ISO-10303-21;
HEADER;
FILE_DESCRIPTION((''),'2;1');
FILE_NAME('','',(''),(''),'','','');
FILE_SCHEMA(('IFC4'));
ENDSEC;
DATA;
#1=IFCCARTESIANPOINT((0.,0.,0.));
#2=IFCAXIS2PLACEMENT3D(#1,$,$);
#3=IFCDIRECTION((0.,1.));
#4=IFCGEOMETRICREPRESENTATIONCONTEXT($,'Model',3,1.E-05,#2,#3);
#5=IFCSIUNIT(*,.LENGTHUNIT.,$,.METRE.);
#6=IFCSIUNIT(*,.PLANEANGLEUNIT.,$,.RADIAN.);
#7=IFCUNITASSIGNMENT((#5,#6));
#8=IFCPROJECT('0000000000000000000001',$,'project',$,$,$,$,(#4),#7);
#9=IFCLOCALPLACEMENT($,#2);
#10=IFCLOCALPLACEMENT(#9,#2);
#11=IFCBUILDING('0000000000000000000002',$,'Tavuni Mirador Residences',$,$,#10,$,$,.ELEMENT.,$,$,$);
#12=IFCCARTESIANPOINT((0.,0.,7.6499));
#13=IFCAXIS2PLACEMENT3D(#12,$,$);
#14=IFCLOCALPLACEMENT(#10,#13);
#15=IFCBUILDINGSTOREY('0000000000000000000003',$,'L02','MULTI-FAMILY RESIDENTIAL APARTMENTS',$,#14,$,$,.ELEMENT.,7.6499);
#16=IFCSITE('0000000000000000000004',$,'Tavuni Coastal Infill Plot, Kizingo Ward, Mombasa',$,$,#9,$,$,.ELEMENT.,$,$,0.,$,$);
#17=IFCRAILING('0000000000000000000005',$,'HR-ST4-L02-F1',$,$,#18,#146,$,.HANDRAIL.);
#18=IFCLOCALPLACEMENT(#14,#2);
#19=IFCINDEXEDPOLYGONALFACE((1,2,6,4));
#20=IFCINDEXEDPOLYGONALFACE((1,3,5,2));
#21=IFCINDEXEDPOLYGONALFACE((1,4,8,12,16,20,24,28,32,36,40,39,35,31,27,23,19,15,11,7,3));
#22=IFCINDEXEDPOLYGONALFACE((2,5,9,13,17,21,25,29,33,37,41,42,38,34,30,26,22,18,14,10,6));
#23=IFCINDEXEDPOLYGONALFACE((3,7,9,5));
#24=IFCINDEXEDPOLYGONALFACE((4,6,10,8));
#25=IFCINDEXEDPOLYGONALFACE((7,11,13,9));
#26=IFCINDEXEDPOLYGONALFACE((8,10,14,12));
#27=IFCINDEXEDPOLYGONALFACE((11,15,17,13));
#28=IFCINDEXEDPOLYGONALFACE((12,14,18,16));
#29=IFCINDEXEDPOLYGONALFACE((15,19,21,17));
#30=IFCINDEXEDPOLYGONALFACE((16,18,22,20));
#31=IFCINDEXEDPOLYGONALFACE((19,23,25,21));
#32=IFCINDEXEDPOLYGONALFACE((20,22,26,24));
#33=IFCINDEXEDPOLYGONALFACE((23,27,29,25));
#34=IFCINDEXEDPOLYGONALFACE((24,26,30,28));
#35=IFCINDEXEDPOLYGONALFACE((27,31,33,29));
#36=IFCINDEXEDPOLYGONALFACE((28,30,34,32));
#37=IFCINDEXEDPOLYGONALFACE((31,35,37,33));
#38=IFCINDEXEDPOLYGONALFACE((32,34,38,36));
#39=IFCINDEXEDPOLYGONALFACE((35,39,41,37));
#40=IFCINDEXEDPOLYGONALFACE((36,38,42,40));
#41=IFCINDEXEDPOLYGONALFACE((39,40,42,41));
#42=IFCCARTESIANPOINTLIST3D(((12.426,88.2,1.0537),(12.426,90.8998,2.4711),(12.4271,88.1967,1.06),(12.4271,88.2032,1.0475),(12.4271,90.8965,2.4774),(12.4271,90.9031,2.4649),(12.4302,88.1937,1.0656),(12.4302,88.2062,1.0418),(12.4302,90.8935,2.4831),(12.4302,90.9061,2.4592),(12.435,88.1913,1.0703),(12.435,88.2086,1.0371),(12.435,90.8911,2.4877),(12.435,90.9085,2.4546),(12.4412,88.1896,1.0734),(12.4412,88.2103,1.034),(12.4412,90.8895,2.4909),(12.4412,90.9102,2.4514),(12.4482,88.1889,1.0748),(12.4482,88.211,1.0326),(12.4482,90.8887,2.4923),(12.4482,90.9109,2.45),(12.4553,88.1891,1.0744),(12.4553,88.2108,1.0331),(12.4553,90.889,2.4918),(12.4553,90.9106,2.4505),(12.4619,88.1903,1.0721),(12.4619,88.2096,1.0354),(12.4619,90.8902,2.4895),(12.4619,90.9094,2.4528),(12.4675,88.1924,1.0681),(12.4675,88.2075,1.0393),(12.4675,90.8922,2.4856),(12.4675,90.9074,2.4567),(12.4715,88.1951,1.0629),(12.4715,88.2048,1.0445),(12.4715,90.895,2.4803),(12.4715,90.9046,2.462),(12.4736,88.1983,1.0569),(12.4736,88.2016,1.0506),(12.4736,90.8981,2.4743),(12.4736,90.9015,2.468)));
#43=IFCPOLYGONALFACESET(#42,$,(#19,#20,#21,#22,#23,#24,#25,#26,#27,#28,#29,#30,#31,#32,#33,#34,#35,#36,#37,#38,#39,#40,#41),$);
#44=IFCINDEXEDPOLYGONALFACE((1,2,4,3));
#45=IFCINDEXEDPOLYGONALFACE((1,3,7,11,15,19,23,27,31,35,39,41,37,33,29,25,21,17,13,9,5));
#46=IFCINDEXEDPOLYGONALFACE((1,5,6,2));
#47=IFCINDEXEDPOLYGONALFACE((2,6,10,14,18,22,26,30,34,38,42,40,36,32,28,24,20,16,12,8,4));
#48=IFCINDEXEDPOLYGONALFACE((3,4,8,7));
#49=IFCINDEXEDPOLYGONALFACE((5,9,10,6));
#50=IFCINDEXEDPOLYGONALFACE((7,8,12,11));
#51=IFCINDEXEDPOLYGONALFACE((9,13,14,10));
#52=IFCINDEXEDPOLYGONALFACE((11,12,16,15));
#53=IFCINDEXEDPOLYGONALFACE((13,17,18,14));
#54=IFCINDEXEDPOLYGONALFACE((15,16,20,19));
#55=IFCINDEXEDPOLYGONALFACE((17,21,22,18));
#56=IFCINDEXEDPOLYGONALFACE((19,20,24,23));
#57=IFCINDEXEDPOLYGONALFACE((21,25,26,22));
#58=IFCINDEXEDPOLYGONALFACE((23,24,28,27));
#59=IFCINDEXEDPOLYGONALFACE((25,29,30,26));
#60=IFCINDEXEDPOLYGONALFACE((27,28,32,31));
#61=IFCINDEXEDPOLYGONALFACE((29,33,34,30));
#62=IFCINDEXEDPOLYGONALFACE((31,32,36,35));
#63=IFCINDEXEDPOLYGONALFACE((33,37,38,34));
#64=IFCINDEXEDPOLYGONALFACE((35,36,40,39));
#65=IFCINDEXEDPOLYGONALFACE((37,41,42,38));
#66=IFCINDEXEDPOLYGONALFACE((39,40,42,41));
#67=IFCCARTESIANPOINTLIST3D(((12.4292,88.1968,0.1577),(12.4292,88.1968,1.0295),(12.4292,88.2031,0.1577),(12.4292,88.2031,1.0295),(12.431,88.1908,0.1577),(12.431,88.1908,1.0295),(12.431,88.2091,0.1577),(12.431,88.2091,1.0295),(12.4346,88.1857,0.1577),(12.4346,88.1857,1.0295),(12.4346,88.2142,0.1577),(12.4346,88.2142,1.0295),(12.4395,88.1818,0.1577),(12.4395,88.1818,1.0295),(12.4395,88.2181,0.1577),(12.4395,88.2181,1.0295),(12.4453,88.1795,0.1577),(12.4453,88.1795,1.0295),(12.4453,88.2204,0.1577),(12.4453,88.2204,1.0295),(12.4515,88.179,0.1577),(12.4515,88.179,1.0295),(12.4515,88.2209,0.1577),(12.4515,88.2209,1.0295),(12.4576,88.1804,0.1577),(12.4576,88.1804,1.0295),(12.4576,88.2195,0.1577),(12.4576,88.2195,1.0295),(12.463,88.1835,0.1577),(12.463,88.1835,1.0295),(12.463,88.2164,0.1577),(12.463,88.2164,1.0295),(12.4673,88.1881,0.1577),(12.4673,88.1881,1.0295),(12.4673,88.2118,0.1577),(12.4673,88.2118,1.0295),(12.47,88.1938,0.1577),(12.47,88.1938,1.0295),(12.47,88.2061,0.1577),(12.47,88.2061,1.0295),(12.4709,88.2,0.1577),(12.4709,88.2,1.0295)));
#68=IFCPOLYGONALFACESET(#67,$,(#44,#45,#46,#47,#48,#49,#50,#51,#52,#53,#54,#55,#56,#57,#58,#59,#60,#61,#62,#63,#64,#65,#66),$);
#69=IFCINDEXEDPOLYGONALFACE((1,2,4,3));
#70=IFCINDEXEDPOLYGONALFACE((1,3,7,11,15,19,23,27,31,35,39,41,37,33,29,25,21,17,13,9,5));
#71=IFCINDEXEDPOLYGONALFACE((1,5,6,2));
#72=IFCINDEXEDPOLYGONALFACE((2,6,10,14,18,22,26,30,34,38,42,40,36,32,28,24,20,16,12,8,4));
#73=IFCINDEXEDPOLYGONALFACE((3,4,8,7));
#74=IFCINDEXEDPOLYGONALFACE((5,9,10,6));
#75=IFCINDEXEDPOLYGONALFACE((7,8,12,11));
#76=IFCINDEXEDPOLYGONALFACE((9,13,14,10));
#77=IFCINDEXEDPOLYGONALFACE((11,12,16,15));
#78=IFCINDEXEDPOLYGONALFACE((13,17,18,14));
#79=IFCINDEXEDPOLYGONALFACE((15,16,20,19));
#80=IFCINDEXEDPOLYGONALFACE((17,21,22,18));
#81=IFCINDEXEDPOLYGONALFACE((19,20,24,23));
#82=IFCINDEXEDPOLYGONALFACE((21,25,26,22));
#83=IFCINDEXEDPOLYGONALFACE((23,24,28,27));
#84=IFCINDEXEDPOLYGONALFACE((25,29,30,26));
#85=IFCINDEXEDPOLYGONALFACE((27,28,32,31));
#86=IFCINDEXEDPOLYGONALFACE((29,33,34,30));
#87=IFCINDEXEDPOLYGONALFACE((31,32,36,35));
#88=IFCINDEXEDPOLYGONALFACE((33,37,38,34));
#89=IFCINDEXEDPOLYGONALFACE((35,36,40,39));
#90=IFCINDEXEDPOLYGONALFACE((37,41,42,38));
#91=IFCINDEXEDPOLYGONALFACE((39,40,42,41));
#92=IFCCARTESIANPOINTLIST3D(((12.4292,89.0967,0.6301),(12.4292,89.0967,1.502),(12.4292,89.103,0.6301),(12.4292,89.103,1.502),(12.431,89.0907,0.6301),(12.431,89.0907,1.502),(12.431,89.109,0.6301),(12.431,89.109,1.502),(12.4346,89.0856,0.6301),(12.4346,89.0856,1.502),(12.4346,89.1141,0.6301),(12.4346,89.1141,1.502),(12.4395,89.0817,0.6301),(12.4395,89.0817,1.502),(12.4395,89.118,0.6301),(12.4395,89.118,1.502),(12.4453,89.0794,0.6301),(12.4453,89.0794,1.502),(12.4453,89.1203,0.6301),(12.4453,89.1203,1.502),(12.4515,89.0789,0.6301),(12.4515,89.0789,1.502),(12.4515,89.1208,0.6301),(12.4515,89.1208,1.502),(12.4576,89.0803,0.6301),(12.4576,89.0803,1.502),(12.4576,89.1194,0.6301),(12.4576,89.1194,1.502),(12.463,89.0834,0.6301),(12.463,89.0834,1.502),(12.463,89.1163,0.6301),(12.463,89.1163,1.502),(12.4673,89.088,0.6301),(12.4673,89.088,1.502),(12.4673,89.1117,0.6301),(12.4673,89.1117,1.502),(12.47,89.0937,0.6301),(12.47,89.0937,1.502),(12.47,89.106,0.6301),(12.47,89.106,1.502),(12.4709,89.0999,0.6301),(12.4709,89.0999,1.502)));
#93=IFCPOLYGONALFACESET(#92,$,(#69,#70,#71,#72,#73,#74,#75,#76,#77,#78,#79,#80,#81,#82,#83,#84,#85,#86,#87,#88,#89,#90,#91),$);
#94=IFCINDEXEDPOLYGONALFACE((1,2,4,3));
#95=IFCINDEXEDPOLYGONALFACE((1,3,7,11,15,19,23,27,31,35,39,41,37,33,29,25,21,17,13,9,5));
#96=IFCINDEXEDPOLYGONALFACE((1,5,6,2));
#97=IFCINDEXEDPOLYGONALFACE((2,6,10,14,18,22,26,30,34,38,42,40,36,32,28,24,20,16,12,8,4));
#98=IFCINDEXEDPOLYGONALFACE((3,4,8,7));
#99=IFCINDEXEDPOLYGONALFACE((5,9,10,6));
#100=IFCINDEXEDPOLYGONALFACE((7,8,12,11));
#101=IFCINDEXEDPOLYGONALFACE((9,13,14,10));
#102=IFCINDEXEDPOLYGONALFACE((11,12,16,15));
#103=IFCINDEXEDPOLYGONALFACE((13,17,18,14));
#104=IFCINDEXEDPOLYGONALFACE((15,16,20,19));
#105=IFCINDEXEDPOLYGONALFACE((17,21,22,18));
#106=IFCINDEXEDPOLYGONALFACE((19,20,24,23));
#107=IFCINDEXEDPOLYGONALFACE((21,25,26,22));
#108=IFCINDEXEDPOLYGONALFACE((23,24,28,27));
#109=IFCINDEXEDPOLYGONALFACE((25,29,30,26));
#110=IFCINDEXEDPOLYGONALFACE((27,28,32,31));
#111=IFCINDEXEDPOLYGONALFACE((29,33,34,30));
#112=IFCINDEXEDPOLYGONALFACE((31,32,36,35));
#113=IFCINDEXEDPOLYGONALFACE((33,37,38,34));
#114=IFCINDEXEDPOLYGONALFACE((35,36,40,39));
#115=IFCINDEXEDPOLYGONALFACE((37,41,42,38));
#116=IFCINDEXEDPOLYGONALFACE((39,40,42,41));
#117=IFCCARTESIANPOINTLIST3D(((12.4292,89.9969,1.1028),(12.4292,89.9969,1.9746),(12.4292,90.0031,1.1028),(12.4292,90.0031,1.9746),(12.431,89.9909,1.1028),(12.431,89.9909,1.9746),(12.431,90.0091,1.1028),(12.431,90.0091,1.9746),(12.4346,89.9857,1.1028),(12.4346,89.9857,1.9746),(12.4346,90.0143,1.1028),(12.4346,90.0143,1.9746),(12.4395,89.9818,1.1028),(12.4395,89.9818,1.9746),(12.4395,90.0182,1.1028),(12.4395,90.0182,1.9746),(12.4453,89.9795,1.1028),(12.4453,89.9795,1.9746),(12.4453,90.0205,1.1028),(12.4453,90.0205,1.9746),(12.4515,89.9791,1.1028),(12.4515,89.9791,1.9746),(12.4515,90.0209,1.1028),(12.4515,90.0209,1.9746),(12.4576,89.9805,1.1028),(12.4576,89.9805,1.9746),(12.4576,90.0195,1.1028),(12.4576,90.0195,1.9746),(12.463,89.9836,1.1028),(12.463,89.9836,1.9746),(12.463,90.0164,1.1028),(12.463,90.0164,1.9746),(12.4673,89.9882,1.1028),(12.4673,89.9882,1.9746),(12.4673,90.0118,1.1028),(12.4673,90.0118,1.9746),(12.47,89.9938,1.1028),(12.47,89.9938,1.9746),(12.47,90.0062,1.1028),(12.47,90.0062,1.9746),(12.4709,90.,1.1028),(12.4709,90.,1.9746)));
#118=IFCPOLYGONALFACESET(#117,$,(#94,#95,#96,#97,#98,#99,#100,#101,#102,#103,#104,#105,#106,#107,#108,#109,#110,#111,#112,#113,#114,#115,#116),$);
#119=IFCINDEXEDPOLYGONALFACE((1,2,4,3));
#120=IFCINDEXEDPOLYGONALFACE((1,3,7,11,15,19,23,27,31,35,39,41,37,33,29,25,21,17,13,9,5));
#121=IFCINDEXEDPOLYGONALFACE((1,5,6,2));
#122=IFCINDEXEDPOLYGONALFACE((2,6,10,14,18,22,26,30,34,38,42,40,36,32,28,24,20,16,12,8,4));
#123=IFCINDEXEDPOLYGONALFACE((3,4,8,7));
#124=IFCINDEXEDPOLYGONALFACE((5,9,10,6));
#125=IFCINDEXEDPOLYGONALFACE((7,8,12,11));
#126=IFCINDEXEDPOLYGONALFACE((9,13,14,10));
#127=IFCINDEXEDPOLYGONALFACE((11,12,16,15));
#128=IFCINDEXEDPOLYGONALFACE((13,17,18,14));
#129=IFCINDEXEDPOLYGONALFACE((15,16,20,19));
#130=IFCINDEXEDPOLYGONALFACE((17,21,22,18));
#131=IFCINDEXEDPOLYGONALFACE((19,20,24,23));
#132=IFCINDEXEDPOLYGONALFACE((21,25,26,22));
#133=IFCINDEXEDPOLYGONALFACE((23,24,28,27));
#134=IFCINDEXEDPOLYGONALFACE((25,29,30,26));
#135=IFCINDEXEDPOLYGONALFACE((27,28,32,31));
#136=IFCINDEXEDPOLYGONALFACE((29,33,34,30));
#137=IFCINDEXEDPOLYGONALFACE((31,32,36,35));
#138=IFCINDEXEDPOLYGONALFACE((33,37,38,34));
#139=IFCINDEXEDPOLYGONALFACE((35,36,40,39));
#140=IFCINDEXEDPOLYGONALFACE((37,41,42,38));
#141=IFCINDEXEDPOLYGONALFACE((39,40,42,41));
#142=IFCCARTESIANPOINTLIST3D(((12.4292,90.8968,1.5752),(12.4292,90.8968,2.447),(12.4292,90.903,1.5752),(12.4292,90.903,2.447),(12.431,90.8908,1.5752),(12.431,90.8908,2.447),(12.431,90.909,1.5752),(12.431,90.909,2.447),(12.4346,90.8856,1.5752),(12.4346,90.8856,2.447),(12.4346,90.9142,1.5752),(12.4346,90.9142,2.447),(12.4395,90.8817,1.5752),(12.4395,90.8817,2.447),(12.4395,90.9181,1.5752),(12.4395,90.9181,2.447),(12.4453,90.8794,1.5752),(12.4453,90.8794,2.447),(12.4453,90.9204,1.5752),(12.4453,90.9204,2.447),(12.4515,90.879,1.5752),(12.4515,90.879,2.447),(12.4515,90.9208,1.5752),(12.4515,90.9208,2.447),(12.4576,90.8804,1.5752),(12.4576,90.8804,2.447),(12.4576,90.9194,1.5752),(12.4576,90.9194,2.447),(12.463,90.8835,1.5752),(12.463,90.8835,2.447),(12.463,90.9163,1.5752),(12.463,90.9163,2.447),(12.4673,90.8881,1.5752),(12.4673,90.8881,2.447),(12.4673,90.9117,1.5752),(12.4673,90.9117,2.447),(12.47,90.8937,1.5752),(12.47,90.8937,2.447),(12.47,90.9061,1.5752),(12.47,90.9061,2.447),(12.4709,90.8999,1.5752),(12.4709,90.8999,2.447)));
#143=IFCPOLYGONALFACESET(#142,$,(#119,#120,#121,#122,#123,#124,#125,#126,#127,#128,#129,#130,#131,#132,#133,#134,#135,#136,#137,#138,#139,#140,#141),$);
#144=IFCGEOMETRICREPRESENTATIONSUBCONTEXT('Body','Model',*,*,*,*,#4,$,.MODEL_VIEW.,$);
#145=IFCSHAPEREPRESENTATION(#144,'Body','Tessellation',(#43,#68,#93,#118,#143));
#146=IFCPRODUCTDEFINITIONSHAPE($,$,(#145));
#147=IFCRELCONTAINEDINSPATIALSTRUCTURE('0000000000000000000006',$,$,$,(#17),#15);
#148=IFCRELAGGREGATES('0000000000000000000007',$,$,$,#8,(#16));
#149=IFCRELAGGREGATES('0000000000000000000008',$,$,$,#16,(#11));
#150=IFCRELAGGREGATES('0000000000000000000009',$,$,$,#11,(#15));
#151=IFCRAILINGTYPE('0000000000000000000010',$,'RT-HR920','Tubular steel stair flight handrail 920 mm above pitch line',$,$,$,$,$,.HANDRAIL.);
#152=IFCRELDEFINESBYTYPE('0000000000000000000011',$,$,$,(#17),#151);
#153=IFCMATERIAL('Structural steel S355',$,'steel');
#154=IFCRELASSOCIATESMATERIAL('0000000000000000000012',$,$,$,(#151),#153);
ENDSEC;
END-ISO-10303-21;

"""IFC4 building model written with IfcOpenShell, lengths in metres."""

from ifc_helpers import new_model, si_unit, direction, frame, origin, origin_2d, place, context, subcontext, project, spatial, circle, extrude, material, type_object, element, save


model = new_model("IFC4")

# Units and contexts
model_context = context("Model", 3, precision=1e-05, world=origin(), true_north=direction((0.0, 1.0)))
body_context = subcontext(model_context, "Body", "Model", "MODEL_VIEW")
ifc_project = project(units=[si_unit("LENGTHUNIT", "METRE"), si_unit("PLANEANGLEUNIT", "RADIAN")], contexts=[model_context])

# Site, building, storey
site_placement = place(None, origin())
site = spatial("IfcSite", under=ifc_project, at=site_placement, Name="Tavuni Coastal Infill Plot, Kizingo Ward, Mombasa", CompositionType="ELEMENT", RefElevation=0.0)
building_placement = place(site_placement, origin())
building = spatial("IfcBuilding", under=site, at=building_placement, Name="Tavuni Mirador Residences", CompositionType="ELEMENT")
storey_placement = place(building_placement, frame((0.0, 0.0, 7.6499)))
storey = spatial("IfcBuildingStorey", under=building, at=storey_placement, Name="L02", Description="MULTI-FAMILY RESIDENTIAL APARTMENTS", CompositionType="ELEMENT", Elevation=7.6499)

# Railing
ifc_material_1 = material(Name="Structural steel S355", Category="steel")
railing_type_1 = type_object("IfcRailingType", Name="RT-HR920", Description="Tubular steel stair flight handrail 920 mm above pitch line", PredefinedType="HANDRAIL", material=ifc_material_1)
railing_1_placement = place(storey_placement, frame((12.45, 88.2, 0.1577)))
element("IfcRailing", 1, at=railing_1_placement, inside=storey, type_object=railing_type_1, Name="HR-ST4-L02-F1", PredefinedType="HANDRAIL", context=body_context, shape_type="SweptSolid", body=[
    extrude(circle(Radius=0.0239, at=origin_2d()), frame((0.0, 0.0, 0.896), z_axis=(0.0, 0.885397, 0.464835), x_axis=(-1.0, 0.0, 0.0)), (0.0, 0.0, 1.0), 3.0493),
    extrude(circle(Radius=0.021, at=origin_2d()), origin(), (0.0, 0.0, 1.0), 0.8718),
    extrude(circle(Radius=0.021, at=origin_2d()), frame((0.0, 0.8999, 0.4724)), (0.0, 0.0, 1.0), 0.8718),
    extrude(circle(Radius=0.021, at=origin_2d()), frame((0.0, 1.8, 0.9451)), (0.0, 0.0, 1.0), 0.8718),
    extrude(circle(Radius=0.021, at=origin_2d()), frame((0.0, 2.7, 1.4175)), (0.0, 0.0, 1.0), 0.8718),
])

save(model, "model.ifc")
